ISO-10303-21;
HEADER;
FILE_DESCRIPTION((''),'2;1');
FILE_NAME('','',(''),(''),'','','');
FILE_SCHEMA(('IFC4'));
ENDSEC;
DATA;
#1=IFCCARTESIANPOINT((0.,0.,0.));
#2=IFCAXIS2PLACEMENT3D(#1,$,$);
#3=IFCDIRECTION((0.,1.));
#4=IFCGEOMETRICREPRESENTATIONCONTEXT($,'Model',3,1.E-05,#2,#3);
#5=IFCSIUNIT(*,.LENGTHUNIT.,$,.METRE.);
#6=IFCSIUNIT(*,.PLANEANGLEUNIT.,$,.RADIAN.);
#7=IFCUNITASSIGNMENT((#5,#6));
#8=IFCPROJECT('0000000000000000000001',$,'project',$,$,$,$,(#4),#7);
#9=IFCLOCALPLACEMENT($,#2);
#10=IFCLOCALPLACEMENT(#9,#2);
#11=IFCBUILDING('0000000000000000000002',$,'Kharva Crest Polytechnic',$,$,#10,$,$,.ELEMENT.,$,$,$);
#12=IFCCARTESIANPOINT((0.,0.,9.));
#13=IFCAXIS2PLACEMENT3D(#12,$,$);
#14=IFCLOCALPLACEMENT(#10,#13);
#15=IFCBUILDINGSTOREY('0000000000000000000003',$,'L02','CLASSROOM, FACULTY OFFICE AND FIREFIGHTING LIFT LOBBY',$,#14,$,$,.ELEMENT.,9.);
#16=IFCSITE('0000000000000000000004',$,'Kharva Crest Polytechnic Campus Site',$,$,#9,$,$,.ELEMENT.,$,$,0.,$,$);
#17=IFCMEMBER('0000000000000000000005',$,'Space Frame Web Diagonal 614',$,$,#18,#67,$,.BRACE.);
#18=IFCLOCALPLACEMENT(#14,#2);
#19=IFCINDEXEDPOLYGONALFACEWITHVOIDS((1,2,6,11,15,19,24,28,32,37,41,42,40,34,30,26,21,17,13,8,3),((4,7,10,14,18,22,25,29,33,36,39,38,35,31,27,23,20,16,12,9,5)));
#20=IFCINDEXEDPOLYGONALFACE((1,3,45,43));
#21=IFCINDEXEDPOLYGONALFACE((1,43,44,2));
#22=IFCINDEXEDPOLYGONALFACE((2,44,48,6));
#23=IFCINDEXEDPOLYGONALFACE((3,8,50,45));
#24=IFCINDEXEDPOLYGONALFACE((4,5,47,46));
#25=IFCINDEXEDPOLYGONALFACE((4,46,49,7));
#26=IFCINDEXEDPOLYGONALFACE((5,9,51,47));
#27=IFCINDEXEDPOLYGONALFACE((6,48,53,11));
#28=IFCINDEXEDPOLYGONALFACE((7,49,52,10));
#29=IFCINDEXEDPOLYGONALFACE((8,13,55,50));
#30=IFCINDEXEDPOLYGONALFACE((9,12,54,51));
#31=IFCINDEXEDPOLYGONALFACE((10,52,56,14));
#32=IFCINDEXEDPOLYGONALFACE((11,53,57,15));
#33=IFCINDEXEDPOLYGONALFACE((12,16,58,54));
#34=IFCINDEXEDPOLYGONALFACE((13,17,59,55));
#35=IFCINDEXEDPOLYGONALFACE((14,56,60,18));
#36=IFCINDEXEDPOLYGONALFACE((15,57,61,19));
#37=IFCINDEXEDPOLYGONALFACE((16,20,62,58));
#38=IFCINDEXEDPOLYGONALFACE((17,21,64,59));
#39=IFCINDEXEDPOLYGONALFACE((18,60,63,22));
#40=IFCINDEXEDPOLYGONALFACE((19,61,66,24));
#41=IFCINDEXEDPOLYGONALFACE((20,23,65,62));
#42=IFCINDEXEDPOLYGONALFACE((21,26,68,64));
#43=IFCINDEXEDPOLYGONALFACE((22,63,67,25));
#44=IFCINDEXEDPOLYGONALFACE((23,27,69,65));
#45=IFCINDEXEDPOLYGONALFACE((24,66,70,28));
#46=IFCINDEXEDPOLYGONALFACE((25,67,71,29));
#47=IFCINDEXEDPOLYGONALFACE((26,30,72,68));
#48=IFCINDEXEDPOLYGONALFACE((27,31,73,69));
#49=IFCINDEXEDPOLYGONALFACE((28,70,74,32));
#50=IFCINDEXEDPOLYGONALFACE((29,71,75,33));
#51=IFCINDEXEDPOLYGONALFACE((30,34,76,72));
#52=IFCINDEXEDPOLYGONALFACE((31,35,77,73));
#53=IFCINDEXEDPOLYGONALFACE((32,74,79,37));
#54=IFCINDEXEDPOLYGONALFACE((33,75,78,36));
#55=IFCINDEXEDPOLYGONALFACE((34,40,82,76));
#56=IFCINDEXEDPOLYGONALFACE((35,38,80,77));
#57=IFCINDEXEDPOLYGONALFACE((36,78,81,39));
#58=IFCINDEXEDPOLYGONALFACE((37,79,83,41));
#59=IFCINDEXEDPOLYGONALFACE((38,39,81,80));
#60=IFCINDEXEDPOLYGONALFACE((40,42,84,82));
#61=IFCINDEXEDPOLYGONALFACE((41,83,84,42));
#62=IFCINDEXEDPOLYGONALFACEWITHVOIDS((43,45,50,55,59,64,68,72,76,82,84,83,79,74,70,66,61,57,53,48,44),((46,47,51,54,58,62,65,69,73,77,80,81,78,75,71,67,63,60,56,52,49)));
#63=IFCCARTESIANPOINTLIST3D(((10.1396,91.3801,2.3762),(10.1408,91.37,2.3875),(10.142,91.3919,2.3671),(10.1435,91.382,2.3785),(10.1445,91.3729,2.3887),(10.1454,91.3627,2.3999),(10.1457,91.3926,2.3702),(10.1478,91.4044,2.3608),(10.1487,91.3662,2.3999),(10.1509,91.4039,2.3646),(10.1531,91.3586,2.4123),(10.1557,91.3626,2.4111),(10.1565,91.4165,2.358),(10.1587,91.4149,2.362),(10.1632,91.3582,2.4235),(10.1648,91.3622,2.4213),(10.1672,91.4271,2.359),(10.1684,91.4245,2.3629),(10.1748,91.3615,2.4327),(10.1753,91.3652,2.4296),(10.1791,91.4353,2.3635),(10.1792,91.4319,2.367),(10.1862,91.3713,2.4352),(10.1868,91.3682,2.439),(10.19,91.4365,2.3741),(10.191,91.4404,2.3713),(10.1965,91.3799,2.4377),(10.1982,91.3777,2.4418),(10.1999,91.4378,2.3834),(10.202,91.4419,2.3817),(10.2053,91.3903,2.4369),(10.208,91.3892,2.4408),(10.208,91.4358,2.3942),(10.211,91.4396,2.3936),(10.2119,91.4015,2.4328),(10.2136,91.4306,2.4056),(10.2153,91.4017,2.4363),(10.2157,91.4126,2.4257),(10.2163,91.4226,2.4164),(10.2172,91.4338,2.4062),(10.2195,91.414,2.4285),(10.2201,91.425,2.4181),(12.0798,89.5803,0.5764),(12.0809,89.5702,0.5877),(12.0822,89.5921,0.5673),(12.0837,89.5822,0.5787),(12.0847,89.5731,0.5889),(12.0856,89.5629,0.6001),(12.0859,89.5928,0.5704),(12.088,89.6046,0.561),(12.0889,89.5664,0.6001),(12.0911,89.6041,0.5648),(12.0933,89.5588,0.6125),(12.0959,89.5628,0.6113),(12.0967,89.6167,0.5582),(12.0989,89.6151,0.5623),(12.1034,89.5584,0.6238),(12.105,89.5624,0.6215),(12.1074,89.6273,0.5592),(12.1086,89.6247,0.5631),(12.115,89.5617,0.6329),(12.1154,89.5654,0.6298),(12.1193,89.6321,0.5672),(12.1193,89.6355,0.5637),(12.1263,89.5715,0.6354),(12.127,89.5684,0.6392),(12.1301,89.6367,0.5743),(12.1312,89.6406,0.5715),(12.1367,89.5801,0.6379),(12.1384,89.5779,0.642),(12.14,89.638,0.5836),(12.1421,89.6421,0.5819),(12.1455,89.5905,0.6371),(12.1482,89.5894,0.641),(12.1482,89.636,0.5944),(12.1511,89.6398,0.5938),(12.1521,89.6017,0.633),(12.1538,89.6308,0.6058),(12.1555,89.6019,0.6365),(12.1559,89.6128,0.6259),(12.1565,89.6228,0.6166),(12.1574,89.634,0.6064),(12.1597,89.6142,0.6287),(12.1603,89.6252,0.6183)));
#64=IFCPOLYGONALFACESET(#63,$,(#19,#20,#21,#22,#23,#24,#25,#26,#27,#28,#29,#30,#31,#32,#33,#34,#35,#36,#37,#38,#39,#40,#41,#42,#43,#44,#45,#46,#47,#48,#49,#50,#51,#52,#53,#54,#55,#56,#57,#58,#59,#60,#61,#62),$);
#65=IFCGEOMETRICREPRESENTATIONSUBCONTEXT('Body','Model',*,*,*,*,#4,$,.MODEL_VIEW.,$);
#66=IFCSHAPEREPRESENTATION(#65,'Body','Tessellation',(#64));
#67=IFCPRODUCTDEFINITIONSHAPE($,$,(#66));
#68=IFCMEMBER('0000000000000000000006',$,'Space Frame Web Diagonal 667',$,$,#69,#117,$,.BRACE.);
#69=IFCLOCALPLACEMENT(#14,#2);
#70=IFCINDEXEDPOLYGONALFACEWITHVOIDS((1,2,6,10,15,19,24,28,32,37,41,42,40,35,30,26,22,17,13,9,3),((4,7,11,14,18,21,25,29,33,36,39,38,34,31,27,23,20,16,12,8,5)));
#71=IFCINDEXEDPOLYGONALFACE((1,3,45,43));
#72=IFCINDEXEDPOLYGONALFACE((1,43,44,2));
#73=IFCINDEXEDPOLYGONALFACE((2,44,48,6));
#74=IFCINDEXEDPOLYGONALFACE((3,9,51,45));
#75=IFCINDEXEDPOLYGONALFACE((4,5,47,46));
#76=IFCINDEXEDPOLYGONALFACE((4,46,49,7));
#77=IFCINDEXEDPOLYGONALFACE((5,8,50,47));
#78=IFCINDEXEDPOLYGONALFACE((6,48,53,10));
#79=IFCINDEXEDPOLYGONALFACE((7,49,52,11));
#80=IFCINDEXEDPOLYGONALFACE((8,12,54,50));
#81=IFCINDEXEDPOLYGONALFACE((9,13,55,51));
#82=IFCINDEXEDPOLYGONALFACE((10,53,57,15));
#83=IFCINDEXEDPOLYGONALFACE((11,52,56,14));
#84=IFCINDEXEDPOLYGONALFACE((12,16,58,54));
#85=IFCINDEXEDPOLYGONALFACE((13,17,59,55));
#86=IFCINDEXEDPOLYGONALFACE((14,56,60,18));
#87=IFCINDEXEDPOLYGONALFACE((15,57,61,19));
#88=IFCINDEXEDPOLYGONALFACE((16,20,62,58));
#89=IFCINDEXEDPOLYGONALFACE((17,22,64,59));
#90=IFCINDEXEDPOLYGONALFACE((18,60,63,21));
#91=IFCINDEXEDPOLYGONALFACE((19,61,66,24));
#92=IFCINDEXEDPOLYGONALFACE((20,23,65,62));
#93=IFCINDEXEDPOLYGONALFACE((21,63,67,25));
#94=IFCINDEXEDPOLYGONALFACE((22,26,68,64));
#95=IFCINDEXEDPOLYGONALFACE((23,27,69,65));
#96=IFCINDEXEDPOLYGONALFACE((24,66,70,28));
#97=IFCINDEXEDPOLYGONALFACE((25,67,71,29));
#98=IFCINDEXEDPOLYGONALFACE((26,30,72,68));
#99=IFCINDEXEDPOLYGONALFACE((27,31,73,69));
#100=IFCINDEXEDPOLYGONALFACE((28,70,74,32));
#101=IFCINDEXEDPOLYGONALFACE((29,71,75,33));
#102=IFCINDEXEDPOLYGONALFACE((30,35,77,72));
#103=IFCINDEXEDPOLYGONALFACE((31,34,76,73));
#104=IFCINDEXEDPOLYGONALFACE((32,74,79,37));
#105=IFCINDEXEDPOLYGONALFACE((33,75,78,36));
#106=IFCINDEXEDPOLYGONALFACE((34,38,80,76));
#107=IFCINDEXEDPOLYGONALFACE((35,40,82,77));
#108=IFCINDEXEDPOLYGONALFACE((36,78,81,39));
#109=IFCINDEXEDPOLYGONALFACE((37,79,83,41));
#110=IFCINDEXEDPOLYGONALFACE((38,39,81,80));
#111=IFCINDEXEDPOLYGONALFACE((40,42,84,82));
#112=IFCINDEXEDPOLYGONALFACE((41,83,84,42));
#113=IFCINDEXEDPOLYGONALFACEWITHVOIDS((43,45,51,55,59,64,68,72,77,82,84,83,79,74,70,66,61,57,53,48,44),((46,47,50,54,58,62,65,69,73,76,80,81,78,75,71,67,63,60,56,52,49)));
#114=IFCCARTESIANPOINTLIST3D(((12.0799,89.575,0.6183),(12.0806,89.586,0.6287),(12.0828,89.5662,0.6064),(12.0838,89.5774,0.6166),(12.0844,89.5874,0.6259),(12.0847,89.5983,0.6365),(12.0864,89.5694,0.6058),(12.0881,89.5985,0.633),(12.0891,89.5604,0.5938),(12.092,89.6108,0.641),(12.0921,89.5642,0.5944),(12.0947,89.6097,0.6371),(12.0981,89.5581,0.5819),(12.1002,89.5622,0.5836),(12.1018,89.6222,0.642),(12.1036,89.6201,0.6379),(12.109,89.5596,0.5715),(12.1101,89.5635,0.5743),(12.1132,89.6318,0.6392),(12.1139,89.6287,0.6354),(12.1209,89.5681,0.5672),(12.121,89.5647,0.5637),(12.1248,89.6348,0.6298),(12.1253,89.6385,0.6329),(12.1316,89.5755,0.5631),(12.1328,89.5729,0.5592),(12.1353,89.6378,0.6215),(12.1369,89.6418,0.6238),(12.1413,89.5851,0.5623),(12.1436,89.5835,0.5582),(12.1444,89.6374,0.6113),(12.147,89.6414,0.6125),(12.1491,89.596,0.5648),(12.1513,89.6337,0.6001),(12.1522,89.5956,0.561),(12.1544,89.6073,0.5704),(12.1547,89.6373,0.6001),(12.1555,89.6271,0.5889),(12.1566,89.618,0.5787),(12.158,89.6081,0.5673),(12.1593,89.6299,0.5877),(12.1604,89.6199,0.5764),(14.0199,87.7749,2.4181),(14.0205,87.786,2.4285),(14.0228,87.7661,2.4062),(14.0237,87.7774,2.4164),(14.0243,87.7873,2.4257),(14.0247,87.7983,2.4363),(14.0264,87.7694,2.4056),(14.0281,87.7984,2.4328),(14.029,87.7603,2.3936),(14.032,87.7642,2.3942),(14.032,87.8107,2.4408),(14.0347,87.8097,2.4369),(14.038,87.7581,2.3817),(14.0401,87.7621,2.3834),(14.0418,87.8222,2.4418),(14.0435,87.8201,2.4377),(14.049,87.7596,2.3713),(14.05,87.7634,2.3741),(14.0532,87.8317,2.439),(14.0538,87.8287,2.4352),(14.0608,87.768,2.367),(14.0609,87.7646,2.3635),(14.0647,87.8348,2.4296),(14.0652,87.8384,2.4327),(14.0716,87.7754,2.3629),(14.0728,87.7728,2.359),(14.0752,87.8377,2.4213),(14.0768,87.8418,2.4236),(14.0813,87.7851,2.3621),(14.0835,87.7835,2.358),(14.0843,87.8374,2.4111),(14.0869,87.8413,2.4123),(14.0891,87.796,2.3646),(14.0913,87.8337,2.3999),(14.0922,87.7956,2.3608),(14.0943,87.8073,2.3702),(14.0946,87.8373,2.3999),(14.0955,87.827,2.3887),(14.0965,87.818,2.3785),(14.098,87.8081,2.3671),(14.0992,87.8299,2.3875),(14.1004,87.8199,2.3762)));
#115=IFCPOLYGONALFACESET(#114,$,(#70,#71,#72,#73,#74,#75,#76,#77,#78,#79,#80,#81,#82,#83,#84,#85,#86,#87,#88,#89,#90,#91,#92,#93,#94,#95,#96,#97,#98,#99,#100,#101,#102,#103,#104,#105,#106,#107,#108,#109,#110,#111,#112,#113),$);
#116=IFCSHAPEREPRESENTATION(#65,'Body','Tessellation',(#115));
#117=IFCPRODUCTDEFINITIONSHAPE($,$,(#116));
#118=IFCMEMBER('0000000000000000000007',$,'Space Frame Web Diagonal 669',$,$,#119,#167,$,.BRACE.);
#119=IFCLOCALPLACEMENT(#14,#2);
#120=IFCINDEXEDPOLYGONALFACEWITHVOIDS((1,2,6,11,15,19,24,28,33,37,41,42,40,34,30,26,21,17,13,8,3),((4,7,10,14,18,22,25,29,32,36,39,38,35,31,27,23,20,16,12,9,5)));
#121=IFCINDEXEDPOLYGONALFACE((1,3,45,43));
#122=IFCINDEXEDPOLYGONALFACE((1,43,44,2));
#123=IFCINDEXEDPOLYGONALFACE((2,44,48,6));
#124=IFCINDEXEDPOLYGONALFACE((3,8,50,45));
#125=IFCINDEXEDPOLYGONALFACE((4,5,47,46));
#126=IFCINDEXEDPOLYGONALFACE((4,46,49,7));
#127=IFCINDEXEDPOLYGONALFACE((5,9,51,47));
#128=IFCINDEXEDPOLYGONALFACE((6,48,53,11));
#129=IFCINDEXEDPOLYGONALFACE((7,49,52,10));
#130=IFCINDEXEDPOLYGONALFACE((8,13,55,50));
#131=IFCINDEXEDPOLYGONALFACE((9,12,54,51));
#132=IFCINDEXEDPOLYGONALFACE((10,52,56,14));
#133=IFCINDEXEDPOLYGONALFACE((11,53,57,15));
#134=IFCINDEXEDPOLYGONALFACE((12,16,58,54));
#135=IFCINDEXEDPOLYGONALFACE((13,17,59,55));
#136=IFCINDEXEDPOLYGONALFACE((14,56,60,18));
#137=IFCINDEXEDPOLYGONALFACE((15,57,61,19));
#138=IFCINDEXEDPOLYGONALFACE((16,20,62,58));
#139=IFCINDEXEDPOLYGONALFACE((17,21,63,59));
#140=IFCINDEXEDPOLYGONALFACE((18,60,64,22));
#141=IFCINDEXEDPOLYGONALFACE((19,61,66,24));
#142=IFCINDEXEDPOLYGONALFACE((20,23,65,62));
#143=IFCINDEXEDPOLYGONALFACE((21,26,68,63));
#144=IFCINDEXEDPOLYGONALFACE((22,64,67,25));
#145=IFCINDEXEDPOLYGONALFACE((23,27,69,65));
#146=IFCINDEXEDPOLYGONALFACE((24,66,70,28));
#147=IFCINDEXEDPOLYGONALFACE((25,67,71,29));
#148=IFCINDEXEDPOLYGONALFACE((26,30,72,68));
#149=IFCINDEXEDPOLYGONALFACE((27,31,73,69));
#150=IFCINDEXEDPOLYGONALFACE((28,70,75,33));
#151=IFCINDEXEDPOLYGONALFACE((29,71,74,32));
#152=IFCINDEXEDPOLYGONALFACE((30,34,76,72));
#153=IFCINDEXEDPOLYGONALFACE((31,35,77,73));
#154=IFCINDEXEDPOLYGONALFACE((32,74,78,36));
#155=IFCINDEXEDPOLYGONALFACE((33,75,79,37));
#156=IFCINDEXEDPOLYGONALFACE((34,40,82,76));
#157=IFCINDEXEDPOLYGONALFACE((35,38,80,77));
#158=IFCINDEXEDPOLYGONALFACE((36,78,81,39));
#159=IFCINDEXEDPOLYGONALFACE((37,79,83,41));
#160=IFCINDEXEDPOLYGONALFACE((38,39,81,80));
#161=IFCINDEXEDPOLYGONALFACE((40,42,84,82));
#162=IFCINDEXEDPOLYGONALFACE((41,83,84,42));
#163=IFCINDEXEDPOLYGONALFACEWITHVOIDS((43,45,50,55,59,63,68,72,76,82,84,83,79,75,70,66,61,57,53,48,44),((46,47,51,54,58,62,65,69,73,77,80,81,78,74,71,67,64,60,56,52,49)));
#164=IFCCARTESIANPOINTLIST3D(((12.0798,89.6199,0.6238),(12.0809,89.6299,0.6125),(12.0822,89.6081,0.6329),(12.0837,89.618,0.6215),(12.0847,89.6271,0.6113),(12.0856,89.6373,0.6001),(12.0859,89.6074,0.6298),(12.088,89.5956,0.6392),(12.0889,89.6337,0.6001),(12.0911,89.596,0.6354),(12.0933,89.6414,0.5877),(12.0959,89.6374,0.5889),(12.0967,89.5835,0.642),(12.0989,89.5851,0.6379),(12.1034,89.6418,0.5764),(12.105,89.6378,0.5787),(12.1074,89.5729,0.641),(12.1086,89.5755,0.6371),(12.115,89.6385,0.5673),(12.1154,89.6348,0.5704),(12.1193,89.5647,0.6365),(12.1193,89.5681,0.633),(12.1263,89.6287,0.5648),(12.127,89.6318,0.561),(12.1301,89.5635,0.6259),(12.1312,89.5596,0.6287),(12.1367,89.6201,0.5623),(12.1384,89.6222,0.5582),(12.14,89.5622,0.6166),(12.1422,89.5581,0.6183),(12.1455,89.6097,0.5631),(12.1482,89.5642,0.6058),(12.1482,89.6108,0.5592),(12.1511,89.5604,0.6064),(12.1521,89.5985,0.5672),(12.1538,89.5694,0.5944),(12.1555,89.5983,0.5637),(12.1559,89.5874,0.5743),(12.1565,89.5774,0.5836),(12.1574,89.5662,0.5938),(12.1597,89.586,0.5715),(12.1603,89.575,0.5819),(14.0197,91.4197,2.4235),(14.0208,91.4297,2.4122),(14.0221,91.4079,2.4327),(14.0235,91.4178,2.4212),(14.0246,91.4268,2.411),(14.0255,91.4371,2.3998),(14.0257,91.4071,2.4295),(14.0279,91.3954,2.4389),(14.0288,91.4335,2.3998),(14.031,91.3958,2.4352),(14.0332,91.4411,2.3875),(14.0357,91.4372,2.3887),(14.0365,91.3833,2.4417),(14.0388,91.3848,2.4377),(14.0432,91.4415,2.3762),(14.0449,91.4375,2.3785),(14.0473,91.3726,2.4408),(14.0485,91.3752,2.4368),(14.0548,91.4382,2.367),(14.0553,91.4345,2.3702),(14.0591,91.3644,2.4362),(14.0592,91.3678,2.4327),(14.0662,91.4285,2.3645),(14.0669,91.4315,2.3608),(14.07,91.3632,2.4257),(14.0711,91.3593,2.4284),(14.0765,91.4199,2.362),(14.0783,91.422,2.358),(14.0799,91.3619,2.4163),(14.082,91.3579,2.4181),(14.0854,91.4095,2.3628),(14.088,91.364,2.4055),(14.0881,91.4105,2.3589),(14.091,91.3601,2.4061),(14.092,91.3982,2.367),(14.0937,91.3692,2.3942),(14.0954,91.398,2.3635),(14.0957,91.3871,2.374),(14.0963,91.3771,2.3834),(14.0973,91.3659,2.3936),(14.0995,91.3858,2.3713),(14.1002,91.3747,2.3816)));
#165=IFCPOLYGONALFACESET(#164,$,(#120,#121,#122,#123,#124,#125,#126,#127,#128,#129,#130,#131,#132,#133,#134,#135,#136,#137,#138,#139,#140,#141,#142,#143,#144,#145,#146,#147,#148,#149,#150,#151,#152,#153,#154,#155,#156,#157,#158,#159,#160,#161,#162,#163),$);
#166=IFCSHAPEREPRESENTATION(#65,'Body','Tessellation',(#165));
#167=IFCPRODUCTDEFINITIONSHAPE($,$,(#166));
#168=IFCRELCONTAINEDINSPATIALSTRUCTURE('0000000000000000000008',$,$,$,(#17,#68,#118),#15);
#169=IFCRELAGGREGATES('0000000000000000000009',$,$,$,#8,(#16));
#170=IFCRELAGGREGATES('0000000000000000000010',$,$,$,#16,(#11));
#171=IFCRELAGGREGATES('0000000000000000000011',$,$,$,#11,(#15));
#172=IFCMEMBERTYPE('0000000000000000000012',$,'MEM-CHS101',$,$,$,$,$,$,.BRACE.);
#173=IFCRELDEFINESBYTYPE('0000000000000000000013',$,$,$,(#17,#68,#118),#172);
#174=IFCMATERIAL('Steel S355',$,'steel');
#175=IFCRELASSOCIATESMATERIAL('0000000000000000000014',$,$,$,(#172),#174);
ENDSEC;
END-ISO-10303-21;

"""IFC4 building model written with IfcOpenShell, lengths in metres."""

from ifc_helpers import new_model, si_unit, direction, frame, origin, origin_2d, place, context, subcontext, project, spatial, hollow_circle, extrude, material, material_profile, profile_set, type_object, element, save


model = new_model("IFC4")

# Units and contexts
model_context = context("Model", 3, precision=1e-05, world=origin(), true_north=direction((0.0, 1.0)))
body_context = subcontext(model_context, "Body", "Model", "MODEL_VIEW")
ifc_project = project(units=[si_unit("LENGTHUNIT", "METRE"), si_unit("PLANEANGLEUNIT", "RADIAN")], contexts=[model_context])

# Site, building, storey
site_placement = place(None, origin())
site = spatial("IfcSite", under=ifc_project, at=site_placement, Name="Kharva Crest Polytechnic Campus Site", CompositionType="ELEMENT", RefElevation=0.0)
building_placement = place(site_placement, origin())
building = spatial("IfcBuilding", under=site, at=building_placement, Name="Kharva Crest Polytechnic", CompositionType="ELEMENT")
storey_placement = place(building_placement, frame((0.0, 0.0, 9.0)))
storey = spatial("IfcBuildingStorey", under=building, at=storey_placement, Name="L02", Description="CLASSROOM, FACULTY OFFICE AND FIREFIGHTING LIFT LOBBY", CompositionType="ELEMENT", Elevation=9.0)

# Members
ifc_material = material(Name="Steel S355", Category="steel")
ifc_material_profile_1 = material_profile(ifc_material, hollow_circle(Radius=0.0508, WallThickness=0.0049, at=origin_2d()), Name="CHS 101.6X5.0")
ifc_profile_set_1 = profile_set([ifc_material_profile_1], Name="Steel S355")
member_type_1 = type_object("IfcMemberType", Name="MEM-CHS101", PredefinedType="BRACE", material=ifc_profile_set_1)
for number, where, z_axis, x_axis, name in (
    (1, (12.1201, 89.6001, 0.6001), (-0.606222, 0.562359, 0.562359), (-0.680087, -0.733132, 0.0), "Space Frame Web Diagonal 614"),
    (2, (12.1201, 89.6001, 0.6001), (0.606147, -0.562437, 0.562361), (0.680182, 0.733043, 0.0), "Space Frame Web Diagonal 667"),
):
    element("IfcMember", number, at=place(storey_placement, frame(where, z_axis=z_axis, x_axis=x_axis)), inside=storey, type_object=member_type_1, Name=name, PredefinedType="BRACE", context=body_context, shape_type="SweptSolid", body=[
        extrude(hollow_circle(Radius=0.0508, WallThickness=0.0049, at=origin_2d()), origin(), (0.0, 0.0, 1.0), 3.2004),
    ])
member_1_placement = place(storey_placement, frame((12.1201, 89.6001, 0.6001), z_axis=(0.606173, 0.562385, 0.562385), x_axis=(-0.680133, 0.733089, 0.0)))
element("IfcMember", 3, at=member_1_placement, inside=storey, type_object=member_type_1, Name="Space Frame Web Diagonal 669", PredefinedType="BRACE", context=body_context, shape_type="SweptSolid", body=[
    extrude(hollow_circle(Radius=0.0508, WallThickness=0.0049, at=origin_2d()), origin(), (0.0, 0.0, 1.0), 3.2002),
])

save(model, "model.ifc")
